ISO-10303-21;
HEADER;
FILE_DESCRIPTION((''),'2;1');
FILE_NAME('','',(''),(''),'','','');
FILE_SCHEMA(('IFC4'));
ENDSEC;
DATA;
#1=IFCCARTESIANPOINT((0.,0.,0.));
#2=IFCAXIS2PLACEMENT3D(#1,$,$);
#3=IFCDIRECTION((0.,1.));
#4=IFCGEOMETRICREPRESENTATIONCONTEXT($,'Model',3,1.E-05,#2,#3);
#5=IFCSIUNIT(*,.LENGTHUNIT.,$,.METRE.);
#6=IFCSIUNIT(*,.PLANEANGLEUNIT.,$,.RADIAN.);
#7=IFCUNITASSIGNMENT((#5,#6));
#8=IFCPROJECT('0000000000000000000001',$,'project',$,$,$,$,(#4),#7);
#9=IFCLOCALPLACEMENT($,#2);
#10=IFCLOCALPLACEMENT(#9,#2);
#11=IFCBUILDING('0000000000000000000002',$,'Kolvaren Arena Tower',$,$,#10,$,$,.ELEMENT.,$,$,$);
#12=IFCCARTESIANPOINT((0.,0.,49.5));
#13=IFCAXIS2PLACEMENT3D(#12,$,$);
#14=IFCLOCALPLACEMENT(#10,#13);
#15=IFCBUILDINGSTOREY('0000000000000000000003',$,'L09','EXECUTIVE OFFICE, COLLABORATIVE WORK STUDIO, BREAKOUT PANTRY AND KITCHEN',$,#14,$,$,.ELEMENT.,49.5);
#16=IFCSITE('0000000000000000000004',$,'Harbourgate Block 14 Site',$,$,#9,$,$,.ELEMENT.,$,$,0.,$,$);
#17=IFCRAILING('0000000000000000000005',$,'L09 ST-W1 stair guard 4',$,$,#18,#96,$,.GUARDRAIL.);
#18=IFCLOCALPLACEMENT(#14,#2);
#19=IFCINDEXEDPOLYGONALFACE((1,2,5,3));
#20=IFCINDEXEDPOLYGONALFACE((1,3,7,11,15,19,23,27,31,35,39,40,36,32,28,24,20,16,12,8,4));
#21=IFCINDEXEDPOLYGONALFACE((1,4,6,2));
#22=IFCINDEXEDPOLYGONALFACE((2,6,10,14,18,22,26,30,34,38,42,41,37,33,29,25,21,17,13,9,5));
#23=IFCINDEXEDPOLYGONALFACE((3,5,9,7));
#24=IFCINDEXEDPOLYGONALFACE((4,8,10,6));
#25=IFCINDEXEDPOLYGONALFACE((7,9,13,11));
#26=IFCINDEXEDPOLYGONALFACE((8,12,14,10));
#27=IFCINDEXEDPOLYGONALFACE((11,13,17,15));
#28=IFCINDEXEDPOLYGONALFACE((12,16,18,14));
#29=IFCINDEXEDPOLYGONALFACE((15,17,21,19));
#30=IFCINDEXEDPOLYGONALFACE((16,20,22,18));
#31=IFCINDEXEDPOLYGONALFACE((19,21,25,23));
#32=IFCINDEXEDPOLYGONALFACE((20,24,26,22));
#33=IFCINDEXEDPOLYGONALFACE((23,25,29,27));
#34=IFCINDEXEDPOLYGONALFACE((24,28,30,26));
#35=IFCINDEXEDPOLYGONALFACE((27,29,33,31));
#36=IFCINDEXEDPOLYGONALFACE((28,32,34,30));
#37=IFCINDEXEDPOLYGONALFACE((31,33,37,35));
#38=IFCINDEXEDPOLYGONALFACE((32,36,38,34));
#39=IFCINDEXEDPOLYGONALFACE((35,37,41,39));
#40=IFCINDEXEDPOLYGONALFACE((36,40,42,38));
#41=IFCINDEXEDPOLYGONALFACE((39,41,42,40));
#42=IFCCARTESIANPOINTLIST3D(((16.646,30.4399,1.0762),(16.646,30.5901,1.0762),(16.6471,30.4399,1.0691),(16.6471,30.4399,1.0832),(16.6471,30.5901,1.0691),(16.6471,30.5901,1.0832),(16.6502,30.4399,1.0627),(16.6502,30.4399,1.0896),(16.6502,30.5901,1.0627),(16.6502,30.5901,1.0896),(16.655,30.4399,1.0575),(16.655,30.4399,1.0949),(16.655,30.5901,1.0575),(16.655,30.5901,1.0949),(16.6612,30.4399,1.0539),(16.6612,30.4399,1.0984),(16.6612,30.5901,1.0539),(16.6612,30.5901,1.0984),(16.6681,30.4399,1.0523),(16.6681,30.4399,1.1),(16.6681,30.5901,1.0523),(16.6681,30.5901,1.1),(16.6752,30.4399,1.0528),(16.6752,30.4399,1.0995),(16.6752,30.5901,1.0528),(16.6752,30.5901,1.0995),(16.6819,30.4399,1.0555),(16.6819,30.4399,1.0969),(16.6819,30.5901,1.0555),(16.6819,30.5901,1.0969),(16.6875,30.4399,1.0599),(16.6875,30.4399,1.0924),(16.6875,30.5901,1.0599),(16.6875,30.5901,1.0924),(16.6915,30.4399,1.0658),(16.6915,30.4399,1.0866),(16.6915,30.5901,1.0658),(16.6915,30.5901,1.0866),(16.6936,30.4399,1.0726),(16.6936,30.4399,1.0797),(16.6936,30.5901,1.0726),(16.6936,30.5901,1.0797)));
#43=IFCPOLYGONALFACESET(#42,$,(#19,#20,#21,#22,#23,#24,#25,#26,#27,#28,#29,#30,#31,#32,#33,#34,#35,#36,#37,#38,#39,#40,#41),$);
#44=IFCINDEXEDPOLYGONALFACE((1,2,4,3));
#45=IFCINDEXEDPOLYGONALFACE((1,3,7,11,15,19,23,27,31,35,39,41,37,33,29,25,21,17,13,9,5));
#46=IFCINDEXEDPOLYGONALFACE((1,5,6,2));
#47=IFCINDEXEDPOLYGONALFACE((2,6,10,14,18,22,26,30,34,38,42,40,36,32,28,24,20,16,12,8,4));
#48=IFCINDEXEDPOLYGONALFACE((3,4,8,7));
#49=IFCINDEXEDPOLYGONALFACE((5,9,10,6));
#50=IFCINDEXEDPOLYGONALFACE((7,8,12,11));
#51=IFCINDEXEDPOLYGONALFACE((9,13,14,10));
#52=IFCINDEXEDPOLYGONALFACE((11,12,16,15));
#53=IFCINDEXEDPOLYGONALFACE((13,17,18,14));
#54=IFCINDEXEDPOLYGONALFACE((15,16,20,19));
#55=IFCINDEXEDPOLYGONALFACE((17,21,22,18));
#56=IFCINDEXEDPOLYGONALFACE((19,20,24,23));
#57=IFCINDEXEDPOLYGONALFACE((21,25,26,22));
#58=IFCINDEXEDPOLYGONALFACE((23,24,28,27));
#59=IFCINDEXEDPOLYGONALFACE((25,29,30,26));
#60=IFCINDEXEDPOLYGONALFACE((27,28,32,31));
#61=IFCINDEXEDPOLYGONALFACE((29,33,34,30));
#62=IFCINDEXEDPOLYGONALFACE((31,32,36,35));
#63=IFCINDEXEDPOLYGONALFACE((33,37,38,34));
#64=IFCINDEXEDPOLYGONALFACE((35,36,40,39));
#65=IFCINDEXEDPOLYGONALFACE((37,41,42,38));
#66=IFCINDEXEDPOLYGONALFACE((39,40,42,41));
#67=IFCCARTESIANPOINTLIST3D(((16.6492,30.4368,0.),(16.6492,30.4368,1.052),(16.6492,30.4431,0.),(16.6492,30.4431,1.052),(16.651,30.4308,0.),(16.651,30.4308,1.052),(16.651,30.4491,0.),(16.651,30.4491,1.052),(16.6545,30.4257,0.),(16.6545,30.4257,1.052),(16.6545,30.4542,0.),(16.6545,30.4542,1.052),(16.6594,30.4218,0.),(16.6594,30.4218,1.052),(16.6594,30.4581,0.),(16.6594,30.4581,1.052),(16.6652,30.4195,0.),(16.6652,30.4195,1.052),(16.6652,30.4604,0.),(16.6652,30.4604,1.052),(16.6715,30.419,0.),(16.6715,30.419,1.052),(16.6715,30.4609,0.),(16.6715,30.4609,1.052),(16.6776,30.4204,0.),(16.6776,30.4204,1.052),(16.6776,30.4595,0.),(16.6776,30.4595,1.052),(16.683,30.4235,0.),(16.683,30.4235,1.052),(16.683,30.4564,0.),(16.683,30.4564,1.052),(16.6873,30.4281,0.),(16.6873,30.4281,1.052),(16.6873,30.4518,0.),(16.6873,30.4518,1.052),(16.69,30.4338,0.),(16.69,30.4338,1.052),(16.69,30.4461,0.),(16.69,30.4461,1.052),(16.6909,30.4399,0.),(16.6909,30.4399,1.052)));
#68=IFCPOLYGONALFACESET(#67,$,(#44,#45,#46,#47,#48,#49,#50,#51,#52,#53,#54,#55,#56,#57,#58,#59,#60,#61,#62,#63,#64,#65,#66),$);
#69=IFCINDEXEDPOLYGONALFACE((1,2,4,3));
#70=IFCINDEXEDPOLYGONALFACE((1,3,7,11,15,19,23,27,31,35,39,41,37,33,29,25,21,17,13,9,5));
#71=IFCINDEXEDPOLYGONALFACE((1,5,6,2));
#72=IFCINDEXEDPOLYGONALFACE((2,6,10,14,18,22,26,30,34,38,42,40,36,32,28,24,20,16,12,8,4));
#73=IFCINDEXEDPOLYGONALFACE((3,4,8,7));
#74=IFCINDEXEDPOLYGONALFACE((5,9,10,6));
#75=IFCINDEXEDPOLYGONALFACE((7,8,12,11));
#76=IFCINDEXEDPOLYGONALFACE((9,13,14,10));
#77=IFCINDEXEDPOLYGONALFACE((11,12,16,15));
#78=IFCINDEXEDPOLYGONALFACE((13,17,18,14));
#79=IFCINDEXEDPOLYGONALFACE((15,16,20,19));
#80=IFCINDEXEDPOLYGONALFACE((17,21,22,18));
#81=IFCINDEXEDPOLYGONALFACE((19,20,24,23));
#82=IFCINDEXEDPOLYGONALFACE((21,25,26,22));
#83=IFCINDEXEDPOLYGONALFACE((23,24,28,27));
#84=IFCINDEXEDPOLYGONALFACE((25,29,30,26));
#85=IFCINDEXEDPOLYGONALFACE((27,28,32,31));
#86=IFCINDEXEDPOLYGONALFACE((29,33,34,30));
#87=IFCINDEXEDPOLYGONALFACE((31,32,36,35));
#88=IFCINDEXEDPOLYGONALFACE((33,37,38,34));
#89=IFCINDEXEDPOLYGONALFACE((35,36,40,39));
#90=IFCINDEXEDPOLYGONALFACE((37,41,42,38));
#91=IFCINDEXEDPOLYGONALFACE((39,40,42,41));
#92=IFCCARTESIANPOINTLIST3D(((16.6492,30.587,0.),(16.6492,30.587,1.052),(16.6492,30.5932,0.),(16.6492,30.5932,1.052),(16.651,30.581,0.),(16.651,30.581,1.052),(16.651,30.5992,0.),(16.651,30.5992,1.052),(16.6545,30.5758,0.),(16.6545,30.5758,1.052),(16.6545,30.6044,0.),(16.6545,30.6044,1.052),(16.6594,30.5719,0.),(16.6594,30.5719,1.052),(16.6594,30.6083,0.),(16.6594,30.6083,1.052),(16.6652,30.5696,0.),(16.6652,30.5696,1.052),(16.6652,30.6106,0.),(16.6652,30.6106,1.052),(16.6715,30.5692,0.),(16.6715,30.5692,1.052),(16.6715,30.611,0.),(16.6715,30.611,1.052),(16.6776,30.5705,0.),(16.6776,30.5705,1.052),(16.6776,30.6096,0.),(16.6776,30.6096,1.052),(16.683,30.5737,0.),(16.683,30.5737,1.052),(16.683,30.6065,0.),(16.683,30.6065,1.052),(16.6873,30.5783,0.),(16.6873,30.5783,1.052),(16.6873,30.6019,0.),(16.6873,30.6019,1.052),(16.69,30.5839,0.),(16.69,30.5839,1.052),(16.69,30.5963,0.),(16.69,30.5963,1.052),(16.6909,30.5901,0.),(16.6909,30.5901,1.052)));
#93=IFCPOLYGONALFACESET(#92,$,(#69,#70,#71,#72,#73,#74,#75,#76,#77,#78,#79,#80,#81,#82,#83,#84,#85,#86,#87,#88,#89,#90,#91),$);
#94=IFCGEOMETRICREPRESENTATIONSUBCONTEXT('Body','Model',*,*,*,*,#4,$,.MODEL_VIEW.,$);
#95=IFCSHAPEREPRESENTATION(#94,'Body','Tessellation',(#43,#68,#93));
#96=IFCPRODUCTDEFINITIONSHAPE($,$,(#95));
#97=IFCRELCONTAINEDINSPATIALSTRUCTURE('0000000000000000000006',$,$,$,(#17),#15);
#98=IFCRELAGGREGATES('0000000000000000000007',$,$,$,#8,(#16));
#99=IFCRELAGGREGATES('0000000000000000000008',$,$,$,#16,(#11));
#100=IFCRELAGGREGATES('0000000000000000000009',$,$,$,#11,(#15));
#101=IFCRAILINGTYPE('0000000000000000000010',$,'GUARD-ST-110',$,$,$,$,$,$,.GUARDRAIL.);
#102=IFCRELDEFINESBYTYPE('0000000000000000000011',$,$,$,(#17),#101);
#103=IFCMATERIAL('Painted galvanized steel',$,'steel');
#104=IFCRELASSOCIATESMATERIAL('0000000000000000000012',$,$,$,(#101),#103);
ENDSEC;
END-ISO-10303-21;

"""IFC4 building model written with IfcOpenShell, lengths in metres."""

from ifc_helpers import new_model, si_unit, direction, frame, origin, origin_2d, place, context, subcontext, project, spatial, circle, extrude, material, type_object, element, save


model = new_model("IFC4")

# Units and contexts
model_context = context("Model", 3, precision=1e-05, world=origin(), true_north=direction((0.0, 1.0)))
body_context = subcontext(model_context, "Body", "Model", "MODEL_VIEW")
ifc_project = project(units=[si_unit("LENGTHUNIT", "METRE"), si_unit("PLANEANGLEUNIT", "RADIAN")], contexts=[model_context])

# Site, building, storey
site_placement = place(None, origin())
site = spatial("IfcSite", under=ifc_project, at=site_placement, Name="Harbourgate Block 14 Site", CompositionType="ELEMENT", RefElevation=0.0)
building_placement = place(site_placement, origin())
building = spatial("IfcBuilding", under=site, at=building_placement, Name="Kolvaren Arena Tower", CompositionType="ELEMENT")
storey_placement = place(building_placement, frame((0.0, 0.0, 49.5)))
storey = spatial("IfcBuildingStorey", under=building, at=storey_placement, Name="L09", Description="EXECUTIVE OFFICE, COLLABORATIVE WORK STUDIO, BREAKOUT PANTRY AND KITCHEN", CompositionType="ELEMENT", Elevation=49.5)

# Railing
ifc_material_1 = material(Name="Painted galvanized steel", Category="steel")
railing_type_1 = type_object("IfcRailingType", Name="GUARD-ST-110", PredefinedType="GUARDRAIL", material=ifc_material_1)
railing_1_placement = place(storey_placement, frame((16.6699, 30.4399, 0.0)))
element("IfcRailing", 1, at=railing_1_placement, inside=storey, type_object=railing_type_1, Name="L09 ST-W1 stair guard 4", PredefinedType="GUARDRAIL", context=body_context, shape_type="SweptSolid", body=[
    extrude(circle(Radius=0.0239, at=origin_2d()), frame((0.0, 0.0, 1.0762), z_axis=(0.0, 1.0, 0.0), x_axis=(-1.0, 0.0, 0.0)), (0.0, 0.0, 1.0), 0.1501),
    extrude(circle(Radius=0.021, at=origin_2d()), origin(), (0.0, 0.0, 1.0), 1.052),
    extrude(circle(Radius=0.021, at=origin_2d()), frame((0.0, 0.1501, 0.0)), (0.0, 0.0, 1.0), 1.052),
])

save(model, "model.ifc")
